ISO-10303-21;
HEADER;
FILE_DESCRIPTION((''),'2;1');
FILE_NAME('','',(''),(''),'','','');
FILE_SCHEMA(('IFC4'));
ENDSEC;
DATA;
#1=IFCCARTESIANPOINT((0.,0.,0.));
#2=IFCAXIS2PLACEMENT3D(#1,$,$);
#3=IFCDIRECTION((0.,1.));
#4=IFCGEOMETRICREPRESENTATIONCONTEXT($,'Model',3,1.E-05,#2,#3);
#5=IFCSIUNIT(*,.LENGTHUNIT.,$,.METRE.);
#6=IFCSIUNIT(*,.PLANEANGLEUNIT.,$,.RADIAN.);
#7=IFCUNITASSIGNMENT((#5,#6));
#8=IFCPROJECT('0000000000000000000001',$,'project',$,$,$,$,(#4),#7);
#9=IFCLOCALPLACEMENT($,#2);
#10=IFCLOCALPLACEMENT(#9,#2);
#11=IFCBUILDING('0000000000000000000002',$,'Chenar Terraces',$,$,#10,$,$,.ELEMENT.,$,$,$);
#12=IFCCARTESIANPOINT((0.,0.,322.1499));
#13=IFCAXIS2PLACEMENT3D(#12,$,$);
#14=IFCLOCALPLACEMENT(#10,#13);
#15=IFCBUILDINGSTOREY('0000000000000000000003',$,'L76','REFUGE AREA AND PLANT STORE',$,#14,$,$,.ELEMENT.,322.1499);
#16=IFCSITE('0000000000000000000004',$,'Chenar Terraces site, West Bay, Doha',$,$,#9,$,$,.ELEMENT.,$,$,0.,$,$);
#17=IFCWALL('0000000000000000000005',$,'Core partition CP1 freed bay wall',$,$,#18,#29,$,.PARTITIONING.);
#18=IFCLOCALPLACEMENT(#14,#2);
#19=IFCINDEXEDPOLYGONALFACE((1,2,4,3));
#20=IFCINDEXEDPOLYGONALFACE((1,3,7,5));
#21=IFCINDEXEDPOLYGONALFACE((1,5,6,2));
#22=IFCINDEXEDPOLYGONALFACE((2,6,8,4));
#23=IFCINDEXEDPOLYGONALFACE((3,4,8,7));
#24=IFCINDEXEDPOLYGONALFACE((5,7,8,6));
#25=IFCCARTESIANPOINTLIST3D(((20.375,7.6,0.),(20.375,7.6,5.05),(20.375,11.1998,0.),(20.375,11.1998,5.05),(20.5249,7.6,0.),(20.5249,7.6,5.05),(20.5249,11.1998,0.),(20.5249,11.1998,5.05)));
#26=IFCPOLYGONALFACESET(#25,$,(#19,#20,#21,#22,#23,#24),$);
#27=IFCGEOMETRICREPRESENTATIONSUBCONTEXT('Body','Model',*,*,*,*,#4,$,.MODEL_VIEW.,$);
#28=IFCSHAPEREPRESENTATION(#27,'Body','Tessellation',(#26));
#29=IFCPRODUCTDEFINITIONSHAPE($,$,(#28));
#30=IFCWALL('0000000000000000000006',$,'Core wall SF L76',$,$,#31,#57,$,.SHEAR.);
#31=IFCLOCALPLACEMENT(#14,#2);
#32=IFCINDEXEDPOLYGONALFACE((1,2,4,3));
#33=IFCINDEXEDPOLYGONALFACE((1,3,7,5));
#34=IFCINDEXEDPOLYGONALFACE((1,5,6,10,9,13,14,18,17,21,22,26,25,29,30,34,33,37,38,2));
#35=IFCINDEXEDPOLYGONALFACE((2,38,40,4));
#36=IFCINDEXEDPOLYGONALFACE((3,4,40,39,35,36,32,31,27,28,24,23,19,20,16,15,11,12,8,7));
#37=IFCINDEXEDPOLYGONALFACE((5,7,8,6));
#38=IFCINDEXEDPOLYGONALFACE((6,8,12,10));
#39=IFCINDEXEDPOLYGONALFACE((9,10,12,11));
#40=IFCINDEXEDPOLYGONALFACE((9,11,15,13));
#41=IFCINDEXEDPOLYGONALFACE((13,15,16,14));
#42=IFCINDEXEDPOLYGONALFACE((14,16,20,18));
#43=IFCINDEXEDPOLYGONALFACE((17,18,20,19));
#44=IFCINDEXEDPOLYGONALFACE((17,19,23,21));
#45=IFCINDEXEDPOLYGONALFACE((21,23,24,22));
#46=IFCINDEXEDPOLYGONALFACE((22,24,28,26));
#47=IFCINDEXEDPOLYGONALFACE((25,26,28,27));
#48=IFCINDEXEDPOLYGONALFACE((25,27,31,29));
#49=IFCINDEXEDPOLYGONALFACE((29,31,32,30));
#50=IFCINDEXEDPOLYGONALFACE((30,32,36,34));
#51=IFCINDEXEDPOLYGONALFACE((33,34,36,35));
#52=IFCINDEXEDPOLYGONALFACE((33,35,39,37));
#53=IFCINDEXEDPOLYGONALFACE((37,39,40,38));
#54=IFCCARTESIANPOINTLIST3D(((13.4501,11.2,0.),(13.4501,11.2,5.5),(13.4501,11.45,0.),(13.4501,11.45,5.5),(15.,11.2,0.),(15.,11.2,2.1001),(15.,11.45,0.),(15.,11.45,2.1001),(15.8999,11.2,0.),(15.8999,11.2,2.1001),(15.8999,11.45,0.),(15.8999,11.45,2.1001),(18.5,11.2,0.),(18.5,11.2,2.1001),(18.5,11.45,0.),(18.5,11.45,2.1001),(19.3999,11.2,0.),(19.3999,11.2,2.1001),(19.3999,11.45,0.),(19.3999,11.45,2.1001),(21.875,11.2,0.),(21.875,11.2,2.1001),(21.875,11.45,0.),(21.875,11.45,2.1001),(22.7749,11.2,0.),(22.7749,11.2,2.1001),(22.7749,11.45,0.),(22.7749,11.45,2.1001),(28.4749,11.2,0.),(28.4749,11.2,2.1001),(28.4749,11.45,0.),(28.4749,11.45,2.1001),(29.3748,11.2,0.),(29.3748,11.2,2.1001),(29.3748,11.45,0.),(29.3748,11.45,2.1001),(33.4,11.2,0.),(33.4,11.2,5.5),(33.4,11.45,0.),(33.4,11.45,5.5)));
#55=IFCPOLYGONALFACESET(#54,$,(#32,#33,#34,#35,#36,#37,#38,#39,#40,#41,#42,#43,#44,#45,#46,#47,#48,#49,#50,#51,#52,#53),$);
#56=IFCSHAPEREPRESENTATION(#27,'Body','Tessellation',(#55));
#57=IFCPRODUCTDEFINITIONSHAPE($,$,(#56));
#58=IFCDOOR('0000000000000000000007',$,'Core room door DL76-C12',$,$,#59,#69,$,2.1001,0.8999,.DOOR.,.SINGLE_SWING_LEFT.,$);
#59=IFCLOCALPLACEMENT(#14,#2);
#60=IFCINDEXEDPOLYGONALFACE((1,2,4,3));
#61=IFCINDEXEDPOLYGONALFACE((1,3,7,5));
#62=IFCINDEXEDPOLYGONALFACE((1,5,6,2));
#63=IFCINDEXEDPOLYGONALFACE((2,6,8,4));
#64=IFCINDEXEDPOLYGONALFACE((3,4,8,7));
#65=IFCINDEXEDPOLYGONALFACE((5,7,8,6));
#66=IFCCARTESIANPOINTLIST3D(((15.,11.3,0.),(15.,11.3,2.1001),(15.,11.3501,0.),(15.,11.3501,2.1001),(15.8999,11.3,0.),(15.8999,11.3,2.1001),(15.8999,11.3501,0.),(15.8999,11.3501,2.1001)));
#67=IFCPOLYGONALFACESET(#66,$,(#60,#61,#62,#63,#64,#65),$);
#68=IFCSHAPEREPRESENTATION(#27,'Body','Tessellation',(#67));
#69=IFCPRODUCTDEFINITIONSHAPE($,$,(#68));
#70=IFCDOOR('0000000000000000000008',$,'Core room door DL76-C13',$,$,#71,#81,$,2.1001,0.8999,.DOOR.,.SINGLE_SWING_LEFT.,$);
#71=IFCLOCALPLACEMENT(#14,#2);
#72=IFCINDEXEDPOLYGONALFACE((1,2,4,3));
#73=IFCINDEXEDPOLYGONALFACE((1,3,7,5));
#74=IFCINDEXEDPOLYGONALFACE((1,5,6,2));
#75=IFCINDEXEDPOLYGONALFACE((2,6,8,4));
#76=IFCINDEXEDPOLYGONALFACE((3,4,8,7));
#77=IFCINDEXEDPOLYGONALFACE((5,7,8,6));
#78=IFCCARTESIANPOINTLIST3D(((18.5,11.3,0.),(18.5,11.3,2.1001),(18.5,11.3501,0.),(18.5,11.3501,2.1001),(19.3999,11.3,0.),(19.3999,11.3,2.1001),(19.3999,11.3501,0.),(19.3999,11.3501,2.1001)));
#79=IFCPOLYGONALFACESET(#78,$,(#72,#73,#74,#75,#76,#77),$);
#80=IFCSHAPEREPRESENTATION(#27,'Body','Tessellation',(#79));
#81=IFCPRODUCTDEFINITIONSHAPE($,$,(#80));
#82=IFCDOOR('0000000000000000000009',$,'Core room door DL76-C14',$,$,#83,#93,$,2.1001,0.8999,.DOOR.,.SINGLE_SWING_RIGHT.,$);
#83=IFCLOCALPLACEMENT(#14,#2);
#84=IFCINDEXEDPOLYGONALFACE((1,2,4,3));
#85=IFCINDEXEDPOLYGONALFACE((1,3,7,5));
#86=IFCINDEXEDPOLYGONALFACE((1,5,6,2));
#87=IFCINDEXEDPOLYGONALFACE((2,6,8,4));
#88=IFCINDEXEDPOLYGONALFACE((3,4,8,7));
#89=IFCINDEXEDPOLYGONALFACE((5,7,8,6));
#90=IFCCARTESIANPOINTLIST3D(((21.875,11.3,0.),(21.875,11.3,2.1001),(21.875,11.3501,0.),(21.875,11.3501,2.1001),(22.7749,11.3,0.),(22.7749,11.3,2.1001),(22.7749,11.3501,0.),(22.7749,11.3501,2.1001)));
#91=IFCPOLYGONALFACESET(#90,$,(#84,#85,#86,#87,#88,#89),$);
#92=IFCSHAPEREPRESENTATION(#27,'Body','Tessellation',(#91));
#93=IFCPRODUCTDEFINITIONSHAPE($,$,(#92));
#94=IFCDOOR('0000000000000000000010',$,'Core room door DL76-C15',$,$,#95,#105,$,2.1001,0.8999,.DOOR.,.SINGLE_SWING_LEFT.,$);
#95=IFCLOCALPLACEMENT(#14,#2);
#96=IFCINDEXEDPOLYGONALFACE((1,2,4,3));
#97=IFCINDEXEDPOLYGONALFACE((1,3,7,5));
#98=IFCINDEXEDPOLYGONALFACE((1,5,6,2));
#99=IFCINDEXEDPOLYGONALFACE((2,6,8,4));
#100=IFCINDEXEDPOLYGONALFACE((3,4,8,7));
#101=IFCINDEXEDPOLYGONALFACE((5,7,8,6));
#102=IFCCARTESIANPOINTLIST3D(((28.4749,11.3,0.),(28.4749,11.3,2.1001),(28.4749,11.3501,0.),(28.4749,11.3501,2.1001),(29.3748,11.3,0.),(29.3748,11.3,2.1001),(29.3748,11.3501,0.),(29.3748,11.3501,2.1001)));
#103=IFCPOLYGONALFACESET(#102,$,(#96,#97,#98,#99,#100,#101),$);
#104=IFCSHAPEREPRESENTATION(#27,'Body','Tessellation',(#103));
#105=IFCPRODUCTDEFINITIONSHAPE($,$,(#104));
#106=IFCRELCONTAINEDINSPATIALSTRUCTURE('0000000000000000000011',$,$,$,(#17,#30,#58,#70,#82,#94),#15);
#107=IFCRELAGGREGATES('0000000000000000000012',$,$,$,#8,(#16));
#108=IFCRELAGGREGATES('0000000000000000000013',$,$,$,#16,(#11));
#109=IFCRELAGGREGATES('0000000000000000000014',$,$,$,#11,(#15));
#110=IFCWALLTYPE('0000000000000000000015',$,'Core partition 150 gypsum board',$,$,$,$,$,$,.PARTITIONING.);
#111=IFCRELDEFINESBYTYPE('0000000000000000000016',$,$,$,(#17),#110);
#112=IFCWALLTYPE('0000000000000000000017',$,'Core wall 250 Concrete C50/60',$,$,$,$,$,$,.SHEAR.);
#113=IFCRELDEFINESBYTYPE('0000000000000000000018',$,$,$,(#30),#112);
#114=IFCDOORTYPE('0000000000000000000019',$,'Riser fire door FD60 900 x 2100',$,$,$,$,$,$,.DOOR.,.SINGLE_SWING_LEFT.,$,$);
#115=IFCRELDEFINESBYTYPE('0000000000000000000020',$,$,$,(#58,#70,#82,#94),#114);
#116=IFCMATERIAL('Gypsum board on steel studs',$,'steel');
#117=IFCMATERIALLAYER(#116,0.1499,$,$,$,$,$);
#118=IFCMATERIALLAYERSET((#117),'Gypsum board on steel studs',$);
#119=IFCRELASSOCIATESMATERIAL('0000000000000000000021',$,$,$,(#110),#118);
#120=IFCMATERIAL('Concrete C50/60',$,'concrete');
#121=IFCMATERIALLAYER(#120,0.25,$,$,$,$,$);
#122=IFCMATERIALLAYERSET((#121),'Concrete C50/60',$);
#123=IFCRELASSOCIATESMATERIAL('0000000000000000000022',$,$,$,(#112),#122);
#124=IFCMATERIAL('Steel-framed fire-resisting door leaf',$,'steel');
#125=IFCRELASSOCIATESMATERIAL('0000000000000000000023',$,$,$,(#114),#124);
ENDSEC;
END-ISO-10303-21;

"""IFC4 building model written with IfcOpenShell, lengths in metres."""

from ifc_helpers import new_model, si_unit, direction, frame, frame_2d, origin, place, context, subcontext, project, spatial, rectangle, extrude, material, layer, layer_set, type_object, element, fill, save


model = new_model("IFC4")

# Units and contexts
model_context = context("Model", 3, precision=1e-05, world=origin(), true_north=direction((0.0, 1.0)))
body_context = subcontext(model_context, "Body", "Model", "MODEL_VIEW")
ifc_project = project(units=[si_unit("LENGTHUNIT", "METRE"), si_unit("PLANEANGLEUNIT", "RADIAN")], contexts=[model_context])

# Site, building, storey
site_placement = place(None, origin())
site = spatial("IfcSite", under=ifc_project, at=site_placement, Name="Chenar Terraces site, West Bay, Doha", CompositionType="ELEMENT", RefElevation=0.0)
building_placement = place(site_placement, origin())
building = spatial("IfcBuilding", under=site, at=building_placement, Name="Chenar Terraces", CompositionType="ELEMENT")
storey_placement = place(building_placement, frame((0.0, 0.0, 322.1499)))
storey = spatial("IfcBuildingStorey", under=building, at=storey_placement, Name="L76", Description="REFUGE AREA AND PLANT STORE", CompositionType="ELEMENT", Elevation=322.1499)

# Wall
ifc_material_1 = material(Name="Gypsum board on steel studs", Category="steel")
ifc_layer_1 = layer(ifc_material_1, 0.1499)
ifc_layer_set_1 = layer_set([ifc_layer_1], Name="Gypsum board on steel studs")
wall_type_1 = type_object("IfcWallType", Name="Core partition 150 gypsum board", PredefinedType="PARTITIONING", material=ifc_layer_set_1)
wall_1_placement = place(storey_placement, frame((20.45, 7.6001, 0.0), z_axis=(0.0, 0.0, 1.0), x_axis=(0.0, 1.0, 0.0)))
element("IfcWall", 1, at=wall_1_placement, inside=storey, type_object=wall_type_1, Name="Core partition CP1 freed bay wall", PredefinedType="PARTITIONING", context=body_context, shape_type="SweptSolid", body=[
    extrude(rectangle(XDim=3.5999, YDim=0.1499, at=frame_2d((1.7998, 0.0))), origin(), (0.0, 0.0, 1.0), 5.05),
])

# Wall, openings, doors
ifc_material_2 = material(Name="Concrete C50/60", Category="concrete")
ifc_layer_2 = layer(ifc_material_2, 0.25)
ifc_layer_set_2 = layer_set([ifc_layer_2], Name="Concrete C50/60")
wall_type_2 = type_object("IfcWallType", Name="Core wall 250 Concrete C50/60", PredefinedType="SHEAR", material=ifc_layer_set_2)
wall_2_placement = place(storey_placement, frame((13.45, 11.325, 0.0), z_axis=(0.0, 0.0, 1.0), x_axis=(1.0, 0.0, 0.0)))
wall_2 = element("IfcWall", 2, at=wall_2_placement, inside=storey, type_object=wall_type_2, Name="Core wall SF L76", PredefinedType="SHEAR", context=body_context, shape_type="SweptSolid", body=[
    extrude(rectangle(XDim=19.95, YDim=0.25, at=frame_2d((9.9751, 0.0))), origin(), (0.0, 0.0, 1.0), 5.5),
])
opening_1_placement = place(wall_2_placement, frame((1.55, 0.0, 0.0)))
opening_1 = element("IfcOpeningElement", 3, at=opening_1_placement, cuts=wall_2, PredefinedType="OPENING", context=body_context, shape_type="SweptSolid", body=[
    extrude(rectangle(XDim=0.8999, YDim=2.1001, at=frame_2d((0.45, 1.05))), frame((0.0, 0.135, 0.0), z_axis=(0.0, -1.0, 0.0), x_axis=(1.0, 0.0, 0.0)), (0.0, 0.0, 1.0), 0.27),
])
opening_2_placement = place(wall_2_placement, frame((5.05, 0.0, 0.0)))
opening_2 = element("IfcOpeningElement", 4, at=opening_2_placement, cuts=wall_2, PredefinedType="OPENING", context=body_context, shape_type="SweptSolid", body=[
    extrude(rectangle(XDim=0.8999, YDim=2.1001, at=frame_2d((0.45, 1.05))), frame((0.0, 0.135, 0.0), z_axis=(0.0, -1.0, 0.0), x_axis=(1.0, 0.0, 0.0)), (0.0, 0.0, 1.0), 0.27),
])
opening_3_placement = place(wall_2_placement, frame((8.425, 0.0, 0.0)))
opening_3 = element("IfcOpeningElement", 5, at=opening_3_placement, cuts=wall_2, PredefinedType="OPENING", context=body_context, shape_type="SweptSolid", body=[
    extrude(rectangle(XDim=0.8999, YDim=2.1001, at=frame_2d((0.45, 1.05))), frame((0.0, 0.135, 0.0), z_axis=(0.0, -1.0, 0.0), x_axis=(1.0, 0.0, 0.0)), (0.0, 0.0, 1.0), 0.27),
])
opening_4_placement = place(wall_2_placement, frame((15.0249, 0.0, 0.0)))
opening_4 = element("IfcOpeningElement", 6, at=opening_4_placement, cuts=wall_2, PredefinedType="OPENING", context=body_context, shape_type="SweptSolid", body=[
    extrude(rectangle(XDim=0.8999, YDim=2.1001, at=frame_2d((0.45, 1.05))), frame((0.0, 0.135, 0.0), z_axis=(0.0, -1.0, 0.0), x_axis=(1.0, 0.0, 0.0)), (0.0, 0.0, 1.0), 0.27),
])
ifc_material_3 = material(Name="Steel-framed fire-resisting door leaf", Category="steel")
door_type_1 = type_object("IfcDoorType", Name="Riser fire door FD60 900 x 2100", OperationType="SINGLE_SWING_LEFT", PredefinedType="DOOR", material=ifc_material_3)
door_1_placement = place(opening_1_placement, frame((0.8999, 0.0, 0.0), z_axis=(0.0, 0.0, 1.0), x_axis=(-1.0, 0.0, 0.0)))
door_1 = element("IfcDoor", 7, at=door_1_placement, inside=storey, type_object=door_type_1, Name="Core room door DL76-C12", OperationType="SINGLE_SWING_LEFT", OverallHeight=2.1001, OverallWidth=0.8999, PredefinedType="DOOR", context=body_context, shape_type="SweptSolid", body=[
    extrude(rectangle(XDim=0.8999, YDim=2.1001, at=frame_2d((0.45, 1.05))), frame((0.0, 0.0249, 0.0), z_axis=(0.0, -1.0, 0.0), x_axis=(1.0, 0.0, 0.0)), (0.0, 0.0, 1.0), 0.05),
])
fill(opening_1, door_1)
door_2_placement = place(opening_2_placement, frame((0.8999, 0.0, 0.0), z_axis=(0.0, 0.0, 1.0), x_axis=(-1.0, 0.0, 0.0)))
door_2 = element("IfcDoor", 8, at=door_2_placement, inside=storey, type_object=door_type_1, Name="Core room door DL76-C13", OperationType="SINGLE_SWING_LEFT", OverallHeight=2.1001, OverallWidth=0.8999, PredefinedType="DOOR", context=body_context, shape_type="SweptSolid", body=[
    extrude(rectangle(XDim=0.8999, YDim=2.1001, at=frame_2d((0.45, 1.05))), frame((0.0, 0.0249, 0.0), z_axis=(0.0, -1.0, 0.0), x_axis=(1.0, 0.0, 0.0)), (0.0, 0.0, 1.0), 0.05),
])
fill(opening_2, door_2)
door_3_placement = place(opening_3_placement, frame((0.8999, 0.0, 0.0), z_axis=(0.0, 0.0, 1.0), x_axis=(-1.0, 0.0, 0.0)))
door_3 = element("IfcDoor", 9, at=door_3_placement, inside=storey, type_object=door_type_1, Name="Core room door DL76-C14", OperationType="SINGLE_SWING_RIGHT", OverallHeight=2.1001, OverallWidth=0.8999, PredefinedType="DOOR", context=body_context, shape_type="SweptSolid", body=[
    extrude(rectangle(XDim=0.8999, YDim=2.1001, at=frame_2d((0.45, 1.05))), frame((0.0, 0.0249, 0.0), z_axis=(0.0, -1.0, 0.0), x_axis=(1.0, 0.0, 0.0)), (0.0, 0.0, 1.0), 0.05),
])
fill(opening_3, door_3)
door_4_placement = place(opening_4_placement, frame((0.8999, 0.0, 0.0), z_axis=(0.0, 0.0, 1.0), x_axis=(-1.0, 0.0, 0.0)))
door_4 = element("IfcDoor", 10, at=door_4_placement, inside=storey, type_object=door_type_1, Name="Core room door DL76-C15", OperationType="SINGLE_SWING_LEFT", OverallHeight=2.1001, OverallWidth=0.8999, PredefinedType="DOOR", context=body_context, shape_type="SweptSolid", body=[
    extrude(rectangle(XDim=0.8999, YDim=2.1001, at=frame_2d((0.45, 1.05))), frame((0.0, 0.0249, 0.0), z_axis=(0.0, -1.0, 0.0), x_axis=(1.0, 0.0, 0.0)), (0.0, 0.0, 1.0), 0.05),
])
fill(opening_4, door_4)

save(model, "model.ifc")
